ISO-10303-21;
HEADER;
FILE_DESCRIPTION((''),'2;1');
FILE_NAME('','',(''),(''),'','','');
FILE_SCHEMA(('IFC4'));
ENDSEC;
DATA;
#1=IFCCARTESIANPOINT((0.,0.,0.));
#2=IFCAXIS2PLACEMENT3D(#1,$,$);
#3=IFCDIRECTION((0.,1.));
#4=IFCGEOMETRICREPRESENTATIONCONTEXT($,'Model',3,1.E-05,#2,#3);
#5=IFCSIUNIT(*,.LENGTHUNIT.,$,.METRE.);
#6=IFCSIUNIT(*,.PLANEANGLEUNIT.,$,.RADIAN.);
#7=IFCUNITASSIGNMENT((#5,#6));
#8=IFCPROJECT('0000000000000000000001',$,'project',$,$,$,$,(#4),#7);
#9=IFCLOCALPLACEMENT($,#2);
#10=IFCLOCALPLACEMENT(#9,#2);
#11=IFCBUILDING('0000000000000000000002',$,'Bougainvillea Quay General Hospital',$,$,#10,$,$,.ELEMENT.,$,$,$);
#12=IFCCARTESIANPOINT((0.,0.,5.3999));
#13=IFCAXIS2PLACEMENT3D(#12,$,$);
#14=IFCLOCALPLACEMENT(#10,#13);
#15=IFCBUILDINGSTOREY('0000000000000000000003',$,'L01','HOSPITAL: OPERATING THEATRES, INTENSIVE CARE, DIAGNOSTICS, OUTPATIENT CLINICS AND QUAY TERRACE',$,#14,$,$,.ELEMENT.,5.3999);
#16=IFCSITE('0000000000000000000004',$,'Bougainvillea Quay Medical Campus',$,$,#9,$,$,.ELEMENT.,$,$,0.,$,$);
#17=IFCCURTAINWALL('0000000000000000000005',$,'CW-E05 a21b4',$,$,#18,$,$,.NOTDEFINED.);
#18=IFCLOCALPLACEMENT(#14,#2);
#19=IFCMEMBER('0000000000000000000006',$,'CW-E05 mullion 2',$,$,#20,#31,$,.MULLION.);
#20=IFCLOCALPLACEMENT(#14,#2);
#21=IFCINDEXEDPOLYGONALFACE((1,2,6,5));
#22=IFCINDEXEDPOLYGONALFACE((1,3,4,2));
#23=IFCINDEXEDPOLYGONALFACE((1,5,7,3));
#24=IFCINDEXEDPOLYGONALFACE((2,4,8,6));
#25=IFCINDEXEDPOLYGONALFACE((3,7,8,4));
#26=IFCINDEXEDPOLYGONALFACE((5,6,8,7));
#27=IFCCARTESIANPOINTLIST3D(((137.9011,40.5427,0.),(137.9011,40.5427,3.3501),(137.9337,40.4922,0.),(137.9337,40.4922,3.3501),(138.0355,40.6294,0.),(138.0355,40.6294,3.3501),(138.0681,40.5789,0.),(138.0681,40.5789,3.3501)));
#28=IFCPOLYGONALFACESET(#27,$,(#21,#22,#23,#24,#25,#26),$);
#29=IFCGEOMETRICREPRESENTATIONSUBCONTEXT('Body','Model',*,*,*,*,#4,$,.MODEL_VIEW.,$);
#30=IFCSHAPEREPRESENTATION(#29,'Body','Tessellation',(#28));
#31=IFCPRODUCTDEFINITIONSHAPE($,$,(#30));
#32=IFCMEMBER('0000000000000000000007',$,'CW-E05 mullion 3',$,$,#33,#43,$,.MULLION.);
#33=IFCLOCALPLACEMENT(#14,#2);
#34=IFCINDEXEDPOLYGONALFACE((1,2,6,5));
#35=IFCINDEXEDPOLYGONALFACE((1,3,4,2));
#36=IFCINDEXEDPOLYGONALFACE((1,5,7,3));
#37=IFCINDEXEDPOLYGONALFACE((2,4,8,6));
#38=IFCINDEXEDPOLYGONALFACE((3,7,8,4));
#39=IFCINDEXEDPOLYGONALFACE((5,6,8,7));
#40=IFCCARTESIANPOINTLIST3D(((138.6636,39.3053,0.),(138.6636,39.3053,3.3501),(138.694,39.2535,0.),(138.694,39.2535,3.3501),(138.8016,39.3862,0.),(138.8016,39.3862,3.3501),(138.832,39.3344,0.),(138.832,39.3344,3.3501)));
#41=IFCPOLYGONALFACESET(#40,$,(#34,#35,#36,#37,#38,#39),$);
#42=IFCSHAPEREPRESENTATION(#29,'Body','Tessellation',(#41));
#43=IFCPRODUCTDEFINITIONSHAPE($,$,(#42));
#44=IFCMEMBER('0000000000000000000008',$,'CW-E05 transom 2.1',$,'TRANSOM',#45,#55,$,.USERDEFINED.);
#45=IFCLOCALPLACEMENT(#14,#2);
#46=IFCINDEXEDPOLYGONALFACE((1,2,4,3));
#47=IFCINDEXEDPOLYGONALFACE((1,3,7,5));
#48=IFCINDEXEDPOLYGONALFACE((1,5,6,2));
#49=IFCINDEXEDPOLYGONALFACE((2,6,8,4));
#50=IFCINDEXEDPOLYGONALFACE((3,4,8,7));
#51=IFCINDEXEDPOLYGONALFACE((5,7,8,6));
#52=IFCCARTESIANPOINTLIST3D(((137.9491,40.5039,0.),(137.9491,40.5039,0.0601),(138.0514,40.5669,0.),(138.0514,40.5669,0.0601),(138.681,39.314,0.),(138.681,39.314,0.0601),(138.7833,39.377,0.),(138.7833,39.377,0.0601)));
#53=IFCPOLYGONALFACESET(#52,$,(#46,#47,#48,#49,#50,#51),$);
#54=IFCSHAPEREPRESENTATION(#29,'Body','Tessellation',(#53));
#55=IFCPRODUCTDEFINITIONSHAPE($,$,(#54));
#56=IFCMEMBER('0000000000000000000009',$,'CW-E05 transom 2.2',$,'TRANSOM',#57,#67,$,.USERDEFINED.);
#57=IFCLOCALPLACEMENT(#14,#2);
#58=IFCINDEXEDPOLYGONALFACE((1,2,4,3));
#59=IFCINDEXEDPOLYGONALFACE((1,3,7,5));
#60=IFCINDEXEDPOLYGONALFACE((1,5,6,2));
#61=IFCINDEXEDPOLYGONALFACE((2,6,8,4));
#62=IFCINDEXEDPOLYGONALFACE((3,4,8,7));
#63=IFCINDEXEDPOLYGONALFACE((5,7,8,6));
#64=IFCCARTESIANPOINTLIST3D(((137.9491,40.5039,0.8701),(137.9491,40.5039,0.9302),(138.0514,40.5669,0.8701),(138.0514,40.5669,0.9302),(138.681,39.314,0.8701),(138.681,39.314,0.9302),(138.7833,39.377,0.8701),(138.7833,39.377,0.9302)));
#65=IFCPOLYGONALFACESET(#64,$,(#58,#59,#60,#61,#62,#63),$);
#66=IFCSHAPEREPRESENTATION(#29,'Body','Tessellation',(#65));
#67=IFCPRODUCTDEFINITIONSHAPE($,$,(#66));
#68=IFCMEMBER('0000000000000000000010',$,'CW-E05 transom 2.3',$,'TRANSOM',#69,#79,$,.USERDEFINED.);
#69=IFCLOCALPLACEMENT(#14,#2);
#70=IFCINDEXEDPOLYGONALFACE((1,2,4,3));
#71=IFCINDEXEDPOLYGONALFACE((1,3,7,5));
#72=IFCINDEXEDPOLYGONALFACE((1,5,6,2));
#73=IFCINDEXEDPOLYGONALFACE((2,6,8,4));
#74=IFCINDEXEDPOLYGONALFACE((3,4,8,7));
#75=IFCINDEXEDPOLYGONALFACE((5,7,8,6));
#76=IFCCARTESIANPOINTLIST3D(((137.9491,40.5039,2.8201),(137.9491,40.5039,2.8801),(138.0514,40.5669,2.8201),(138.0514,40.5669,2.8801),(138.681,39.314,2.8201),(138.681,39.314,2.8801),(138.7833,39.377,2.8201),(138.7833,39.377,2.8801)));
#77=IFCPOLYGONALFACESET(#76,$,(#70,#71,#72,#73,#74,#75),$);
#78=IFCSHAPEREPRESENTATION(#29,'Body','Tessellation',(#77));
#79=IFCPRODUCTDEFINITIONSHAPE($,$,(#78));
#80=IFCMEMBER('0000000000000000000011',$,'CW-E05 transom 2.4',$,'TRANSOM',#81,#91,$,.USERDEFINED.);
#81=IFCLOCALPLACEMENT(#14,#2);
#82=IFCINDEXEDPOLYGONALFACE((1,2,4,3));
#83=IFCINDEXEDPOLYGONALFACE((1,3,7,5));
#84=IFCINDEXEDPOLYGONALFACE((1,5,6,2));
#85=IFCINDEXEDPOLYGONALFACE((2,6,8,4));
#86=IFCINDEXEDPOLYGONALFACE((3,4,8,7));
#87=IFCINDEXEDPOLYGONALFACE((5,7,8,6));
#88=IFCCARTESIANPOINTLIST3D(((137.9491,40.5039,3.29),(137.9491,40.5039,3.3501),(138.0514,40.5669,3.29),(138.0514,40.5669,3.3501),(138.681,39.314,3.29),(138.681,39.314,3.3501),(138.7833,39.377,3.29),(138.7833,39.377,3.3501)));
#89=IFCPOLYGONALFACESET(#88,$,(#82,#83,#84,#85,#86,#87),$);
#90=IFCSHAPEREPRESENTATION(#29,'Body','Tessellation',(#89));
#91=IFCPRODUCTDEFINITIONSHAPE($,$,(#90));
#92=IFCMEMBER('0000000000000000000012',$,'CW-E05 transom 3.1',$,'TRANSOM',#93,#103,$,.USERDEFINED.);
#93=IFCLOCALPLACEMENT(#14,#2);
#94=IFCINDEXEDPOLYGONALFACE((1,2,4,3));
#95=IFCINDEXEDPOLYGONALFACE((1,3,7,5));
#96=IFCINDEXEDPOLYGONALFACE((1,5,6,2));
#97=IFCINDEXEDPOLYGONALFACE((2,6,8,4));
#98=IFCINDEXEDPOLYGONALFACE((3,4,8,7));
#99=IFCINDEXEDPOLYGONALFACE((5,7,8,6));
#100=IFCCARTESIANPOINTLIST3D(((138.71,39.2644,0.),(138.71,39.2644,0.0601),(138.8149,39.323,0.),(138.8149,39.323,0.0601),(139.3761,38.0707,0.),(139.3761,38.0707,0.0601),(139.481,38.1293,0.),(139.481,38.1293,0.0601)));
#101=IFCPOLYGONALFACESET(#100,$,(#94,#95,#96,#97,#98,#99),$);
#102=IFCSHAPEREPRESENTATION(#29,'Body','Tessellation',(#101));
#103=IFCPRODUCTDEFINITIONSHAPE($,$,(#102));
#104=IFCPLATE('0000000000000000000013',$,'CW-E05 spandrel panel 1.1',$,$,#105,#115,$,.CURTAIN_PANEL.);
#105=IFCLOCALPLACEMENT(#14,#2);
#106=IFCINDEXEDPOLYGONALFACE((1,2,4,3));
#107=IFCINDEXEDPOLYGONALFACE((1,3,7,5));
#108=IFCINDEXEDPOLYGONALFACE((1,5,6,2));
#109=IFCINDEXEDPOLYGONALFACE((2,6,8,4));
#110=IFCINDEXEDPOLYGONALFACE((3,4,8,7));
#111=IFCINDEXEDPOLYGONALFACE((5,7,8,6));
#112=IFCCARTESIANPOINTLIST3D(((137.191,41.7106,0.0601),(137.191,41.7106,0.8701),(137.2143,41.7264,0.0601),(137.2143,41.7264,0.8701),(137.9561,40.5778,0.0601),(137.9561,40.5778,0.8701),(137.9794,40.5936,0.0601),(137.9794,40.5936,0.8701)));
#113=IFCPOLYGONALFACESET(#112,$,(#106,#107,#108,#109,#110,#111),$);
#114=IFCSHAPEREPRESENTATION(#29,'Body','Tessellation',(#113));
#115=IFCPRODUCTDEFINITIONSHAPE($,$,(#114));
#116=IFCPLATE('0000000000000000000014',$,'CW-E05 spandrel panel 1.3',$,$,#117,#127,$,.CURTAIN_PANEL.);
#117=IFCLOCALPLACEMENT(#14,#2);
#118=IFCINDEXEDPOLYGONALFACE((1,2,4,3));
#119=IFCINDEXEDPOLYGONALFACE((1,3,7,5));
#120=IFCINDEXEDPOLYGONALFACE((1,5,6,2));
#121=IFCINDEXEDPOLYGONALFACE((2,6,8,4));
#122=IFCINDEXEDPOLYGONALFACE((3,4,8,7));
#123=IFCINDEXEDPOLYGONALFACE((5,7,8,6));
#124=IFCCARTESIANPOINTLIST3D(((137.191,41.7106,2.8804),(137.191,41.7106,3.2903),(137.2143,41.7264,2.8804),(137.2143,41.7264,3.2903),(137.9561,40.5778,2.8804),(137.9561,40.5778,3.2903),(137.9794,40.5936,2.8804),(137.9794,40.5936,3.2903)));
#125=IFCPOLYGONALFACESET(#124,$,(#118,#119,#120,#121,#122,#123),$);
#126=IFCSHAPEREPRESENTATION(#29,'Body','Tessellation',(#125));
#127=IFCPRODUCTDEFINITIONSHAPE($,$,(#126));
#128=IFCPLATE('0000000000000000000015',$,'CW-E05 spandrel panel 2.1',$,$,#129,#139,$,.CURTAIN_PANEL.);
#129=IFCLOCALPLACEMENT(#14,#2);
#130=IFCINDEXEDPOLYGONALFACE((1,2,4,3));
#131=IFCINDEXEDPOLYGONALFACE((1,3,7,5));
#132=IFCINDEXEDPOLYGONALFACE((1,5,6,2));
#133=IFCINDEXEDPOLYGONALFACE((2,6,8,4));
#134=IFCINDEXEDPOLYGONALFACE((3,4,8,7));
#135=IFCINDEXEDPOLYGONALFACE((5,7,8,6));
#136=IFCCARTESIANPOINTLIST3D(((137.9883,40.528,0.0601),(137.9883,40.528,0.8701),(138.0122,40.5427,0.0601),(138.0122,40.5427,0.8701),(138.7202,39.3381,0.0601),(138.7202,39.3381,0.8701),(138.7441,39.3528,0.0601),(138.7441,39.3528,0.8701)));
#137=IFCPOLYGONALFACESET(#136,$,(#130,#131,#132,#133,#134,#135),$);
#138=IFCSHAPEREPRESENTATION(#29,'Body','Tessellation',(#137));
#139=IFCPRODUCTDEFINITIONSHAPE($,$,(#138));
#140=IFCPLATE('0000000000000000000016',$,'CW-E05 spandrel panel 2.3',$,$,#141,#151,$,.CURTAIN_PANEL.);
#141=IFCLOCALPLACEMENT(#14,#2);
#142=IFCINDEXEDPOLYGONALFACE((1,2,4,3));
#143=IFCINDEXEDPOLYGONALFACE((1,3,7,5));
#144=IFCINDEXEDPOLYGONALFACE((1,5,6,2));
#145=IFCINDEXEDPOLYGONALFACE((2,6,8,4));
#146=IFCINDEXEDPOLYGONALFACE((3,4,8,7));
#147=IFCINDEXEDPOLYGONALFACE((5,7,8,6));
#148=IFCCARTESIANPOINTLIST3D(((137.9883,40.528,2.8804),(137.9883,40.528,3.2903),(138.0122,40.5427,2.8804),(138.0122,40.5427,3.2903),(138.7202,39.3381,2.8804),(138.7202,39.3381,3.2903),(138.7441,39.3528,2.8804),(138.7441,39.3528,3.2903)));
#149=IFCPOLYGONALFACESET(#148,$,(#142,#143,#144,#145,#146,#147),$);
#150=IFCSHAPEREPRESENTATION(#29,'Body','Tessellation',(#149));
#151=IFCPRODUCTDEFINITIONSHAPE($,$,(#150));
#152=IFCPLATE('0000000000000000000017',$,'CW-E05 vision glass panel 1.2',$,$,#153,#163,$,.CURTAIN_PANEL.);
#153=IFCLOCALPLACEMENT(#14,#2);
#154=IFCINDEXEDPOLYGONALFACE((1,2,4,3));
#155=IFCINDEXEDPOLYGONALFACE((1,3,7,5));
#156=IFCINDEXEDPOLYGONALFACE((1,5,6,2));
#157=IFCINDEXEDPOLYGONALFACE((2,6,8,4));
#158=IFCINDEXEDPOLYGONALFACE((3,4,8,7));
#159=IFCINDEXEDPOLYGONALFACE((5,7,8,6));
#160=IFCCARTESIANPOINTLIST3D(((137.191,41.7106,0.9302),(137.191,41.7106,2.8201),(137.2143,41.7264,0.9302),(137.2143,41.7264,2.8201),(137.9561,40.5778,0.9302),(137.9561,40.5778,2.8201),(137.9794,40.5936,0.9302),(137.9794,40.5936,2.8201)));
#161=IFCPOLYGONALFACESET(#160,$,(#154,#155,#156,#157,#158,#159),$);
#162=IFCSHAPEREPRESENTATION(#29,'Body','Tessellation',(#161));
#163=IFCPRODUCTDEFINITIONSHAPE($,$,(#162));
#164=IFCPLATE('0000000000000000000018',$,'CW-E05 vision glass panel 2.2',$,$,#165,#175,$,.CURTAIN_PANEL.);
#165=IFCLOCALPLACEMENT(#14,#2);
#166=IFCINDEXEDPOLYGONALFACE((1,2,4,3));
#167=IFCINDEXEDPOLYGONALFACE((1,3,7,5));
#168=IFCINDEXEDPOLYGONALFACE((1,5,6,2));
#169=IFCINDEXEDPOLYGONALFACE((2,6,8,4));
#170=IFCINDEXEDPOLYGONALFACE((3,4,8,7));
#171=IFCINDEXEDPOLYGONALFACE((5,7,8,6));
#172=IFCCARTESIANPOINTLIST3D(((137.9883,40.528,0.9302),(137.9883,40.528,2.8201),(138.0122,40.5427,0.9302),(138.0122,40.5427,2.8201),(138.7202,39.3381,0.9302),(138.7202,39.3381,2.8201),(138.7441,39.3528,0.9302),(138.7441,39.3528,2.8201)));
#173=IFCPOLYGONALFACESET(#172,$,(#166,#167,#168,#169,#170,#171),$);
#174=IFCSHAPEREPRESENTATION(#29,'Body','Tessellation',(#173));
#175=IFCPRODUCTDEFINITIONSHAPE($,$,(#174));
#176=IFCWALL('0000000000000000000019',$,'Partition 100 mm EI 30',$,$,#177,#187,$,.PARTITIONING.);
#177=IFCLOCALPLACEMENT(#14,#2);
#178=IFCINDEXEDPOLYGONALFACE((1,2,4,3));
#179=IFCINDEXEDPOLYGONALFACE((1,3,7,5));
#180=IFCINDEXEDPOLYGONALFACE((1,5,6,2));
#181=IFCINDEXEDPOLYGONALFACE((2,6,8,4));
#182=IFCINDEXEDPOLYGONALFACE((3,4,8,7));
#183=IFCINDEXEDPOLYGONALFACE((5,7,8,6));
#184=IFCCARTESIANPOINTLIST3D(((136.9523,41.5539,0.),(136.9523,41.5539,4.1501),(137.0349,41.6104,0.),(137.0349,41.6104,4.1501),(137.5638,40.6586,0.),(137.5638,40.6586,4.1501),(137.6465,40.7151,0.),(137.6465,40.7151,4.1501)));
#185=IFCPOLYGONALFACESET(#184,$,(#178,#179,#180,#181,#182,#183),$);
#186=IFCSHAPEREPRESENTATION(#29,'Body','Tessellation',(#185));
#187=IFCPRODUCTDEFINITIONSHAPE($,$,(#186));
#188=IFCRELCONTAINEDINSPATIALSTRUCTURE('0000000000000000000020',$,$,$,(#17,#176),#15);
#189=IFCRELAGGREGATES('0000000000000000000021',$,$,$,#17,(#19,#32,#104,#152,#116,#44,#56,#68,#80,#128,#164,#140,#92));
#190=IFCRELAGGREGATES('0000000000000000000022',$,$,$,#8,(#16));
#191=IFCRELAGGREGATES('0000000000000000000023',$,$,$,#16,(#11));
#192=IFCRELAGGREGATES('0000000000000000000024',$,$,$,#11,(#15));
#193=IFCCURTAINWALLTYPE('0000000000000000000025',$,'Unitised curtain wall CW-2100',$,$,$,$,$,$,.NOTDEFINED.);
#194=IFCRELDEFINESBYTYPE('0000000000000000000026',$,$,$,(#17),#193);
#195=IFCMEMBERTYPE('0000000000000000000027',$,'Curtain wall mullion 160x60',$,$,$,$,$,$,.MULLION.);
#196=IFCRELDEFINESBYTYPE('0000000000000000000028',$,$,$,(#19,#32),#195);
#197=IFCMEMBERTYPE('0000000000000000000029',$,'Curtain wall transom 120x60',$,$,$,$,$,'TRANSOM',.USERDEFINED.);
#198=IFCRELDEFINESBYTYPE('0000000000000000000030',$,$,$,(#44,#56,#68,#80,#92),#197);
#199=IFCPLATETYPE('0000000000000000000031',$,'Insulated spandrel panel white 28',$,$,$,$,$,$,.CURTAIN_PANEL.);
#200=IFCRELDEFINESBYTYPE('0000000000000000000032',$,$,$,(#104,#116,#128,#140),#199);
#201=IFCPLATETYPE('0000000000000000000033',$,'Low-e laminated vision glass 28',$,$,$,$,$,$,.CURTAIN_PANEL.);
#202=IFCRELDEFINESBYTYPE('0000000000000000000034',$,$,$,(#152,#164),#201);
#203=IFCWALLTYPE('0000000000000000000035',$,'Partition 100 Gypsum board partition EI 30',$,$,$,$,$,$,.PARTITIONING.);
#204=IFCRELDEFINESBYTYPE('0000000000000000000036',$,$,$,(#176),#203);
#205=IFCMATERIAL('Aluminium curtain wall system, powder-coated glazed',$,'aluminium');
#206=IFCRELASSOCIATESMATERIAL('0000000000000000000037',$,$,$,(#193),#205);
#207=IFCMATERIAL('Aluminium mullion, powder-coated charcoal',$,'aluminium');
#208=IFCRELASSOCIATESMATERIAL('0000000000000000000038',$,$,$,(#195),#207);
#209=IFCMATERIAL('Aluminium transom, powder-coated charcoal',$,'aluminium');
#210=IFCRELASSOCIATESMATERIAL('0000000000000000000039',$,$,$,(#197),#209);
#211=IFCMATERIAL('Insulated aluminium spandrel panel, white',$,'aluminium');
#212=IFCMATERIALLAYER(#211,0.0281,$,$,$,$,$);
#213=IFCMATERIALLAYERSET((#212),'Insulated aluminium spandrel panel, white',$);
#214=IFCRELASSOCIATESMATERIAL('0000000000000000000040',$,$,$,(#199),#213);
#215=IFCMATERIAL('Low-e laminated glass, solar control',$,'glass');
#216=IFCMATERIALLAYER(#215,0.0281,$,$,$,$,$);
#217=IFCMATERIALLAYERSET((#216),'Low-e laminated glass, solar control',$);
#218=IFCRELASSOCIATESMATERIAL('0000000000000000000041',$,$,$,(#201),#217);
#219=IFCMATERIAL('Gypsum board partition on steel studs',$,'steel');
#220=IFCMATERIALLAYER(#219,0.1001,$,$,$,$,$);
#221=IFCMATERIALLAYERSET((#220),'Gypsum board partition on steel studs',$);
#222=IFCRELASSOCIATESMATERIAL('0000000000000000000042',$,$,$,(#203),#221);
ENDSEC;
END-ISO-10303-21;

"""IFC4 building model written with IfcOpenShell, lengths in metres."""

from ifc_helpers import new_model, si_unit, direction, frame, frame_2d, origin, origin_2d, place, context, subcontext, project, spatial, rectangle, extrude, material, layer, layer_set, material_profile, profile_set, type_object, element, aggregate, save


model = new_model("IFC4")

# Units and contexts
model_context = context("Model", 3, precision=1e-05, world=origin(), true_north=direction((0.0, 1.0)))
body_context = subcontext(model_context, "Body", "Model", "MODEL_VIEW")
ifc_project = project(units=[si_unit("LENGTHUNIT", "METRE"), si_unit("PLANEANGLEUNIT", "RADIAN")], contexts=[model_context])

# Site, building, storey
site_placement = place(None, origin())
site = spatial("IfcSite", under=ifc_project, at=site_placement, Name="Bougainvillea Quay Medical Campus", CompositionType="ELEMENT", RefElevation=0.0)
building_placement = place(site_placement, origin())
building = spatial("IfcBuilding", under=site, at=building_placement, Name="Bougainvillea Quay General Hospital", CompositionType="ELEMENT")
storey_placement = place(building_placement, frame((0.0, 0.0, 5.3999)))
storey = spatial("IfcBuildingStorey", under=building, at=storey_placement, Name="L01", Description="HOSPITAL: OPERATING THEATRES, INTENSIVE CARE, DIAGNOSTICS, OUTPATIENT CLINICS AND QUAY TERRACE", CompositionType="ELEMENT", Elevation=5.3999)

# Curtain wall, members, plates
ifc_material_1 = material(Name="Aluminium curtain wall system, powder-coated glazed", Category="aluminium")
curtain_wall_type = type_object("IfcCurtainWallType", Name="Unitised curtain wall CW-2100", PredefinedType="NOTDEFINED", material=ifc_material_1)
curtain_wall_placement = place(storey_placement, origin())
curtain_wall = element("IfcCurtainWall", 1, at=curtain_wall_placement, inside=storey, type_object=curtain_wall_type, Name="CW-E05 a21b4", PredefinedType="NOTDEFINED")
ifc_material_2 = material(Name="Aluminium mullion, powder-coated charcoal", Category="aluminium")
ifc_material_profile_1 = material_profile(ifc_material_2, rectangle(XDim=0.1599, YDim=0.0601, at=origin_2d()))
ifc_profile_set_1 = profile_set([ifc_material_profile_1], Name="Aluminium mullion, powder-coated charcoal")
member_type_1 = type_object("IfcMemberType", Name="Curtain wall mullion 160x60", PredefinedType="MULLION", material=ifc_profile_set_1)
member_1_placement = place(storey_placement, frame((137.9846, 40.5608, 0.0), z_axis=(0.0, 0.0, 1.0), x_axis=(0.840428, 0.541923, 0.0)))
member_1 = element("IfcMember", 2, at=member_1_placement, type_object=member_type_1, Name="CW-E05 mullion 2", PredefinedType="MULLION", context=body_context, shape_type="SweptSolid", body=[
    extrude(rectangle(XDim=0.1599, YDim=0.0601, at=origin_2d()), origin(), (0.0, 0.0, 1.0), 3.3501),
])
member_2_placement = place(storey_placement, frame((138.7478, 39.3198, 0.0), z_axis=(0.0, 0.0, 1.0), x_axis=(0.862714, 0.505693, 0.0)))
member_2 = element("IfcMember", 3, at=member_2_placement, type_object=member_type_1, Name="CW-E05 mullion 3", PredefinedType="MULLION", context=body_context, shape_type="SweptSolid", body=[
    extrude(rectangle(XDim=0.1599, YDim=0.0601, at=origin_2d()), origin(), (0.0, 0.0, 1.0), 3.3501),
])
ifc_material_3 = material(Name="Aluminium transom, powder-coated charcoal", Category="aluminium")
ifc_material_profile_2 = material_profile(ifc_material_3, rectangle(XDim=0.1201, YDim=0.0601, at=origin_2d()))
ifc_profile_set_2 = profile_set([ifc_material_profile_2], Name="Aluminium transom, powder-coated charcoal")
member_type_2 = type_object("IfcMemberType", Name="Curtain wall transom 120x60", ElementType="TRANSOM", PredefinedType="USERDEFINED", material=ifc_profile_set_2)
member_3_placement = place(storey_placement, frame((138.0002, 40.5354, 0.03), z_axis=(0.523922, -0.851766, 0.0), x_axis=(0.851766, 0.523922, 0.0)))
member_3 = element("IfcMember", 4, at=member_3_placement, type_object=member_type_2, Name="CW-E05 transom 2.1", ObjectType="TRANSOM", PredefinedType="USERDEFINED", context=body_context, shape_type="SweptSolid", body=[
    extrude(rectangle(XDim=0.1201, YDim=0.0601, at=origin_2d()), origin(), (0.0, 0.0, 1.0), 1.397),
])
member_4_placement = place(storey_placement, frame((138.0002, 40.5354, 0.9001), z_axis=(0.523922, -0.851766, 0.0), x_axis=(0.851766, 0.523922, 0.0)))
member_4 = element("IfcMember", 5, at=member_4_placement, type_object=member_type_2, Name="CW-E05 transom 2.2", ObjectType="TRANSOM", PredefinedType="USERDEFINED", context=body_context, shape_type="SweptSolid", body=[
    extrude(rectangle(XDim=0.1201, YDim=0.0601, at=origin_2d()), origin(), (0.0, 0.0, 1.0), 1.397),
])
member_5_placement = place(storey_placement, frame((138.0002, 40.5354, 2.8501), z_axis=(0.523922, -0.851766, 0.0), x_axis=(0.851766, 0.523922, 0.0)))
member_5 = element("IfcMember", 6, at=member_5_placement, type_object=member_type_2, Name="CW-E05 transom 2.3", ObjectType="TRANSOM", PredefinedType="USERDEFINED", context=body_context, shape_type="SweptSolid", body=[
    extrude(rectangle(XDim=0.1201, YDim=0.0601, at=origin_2d()), origin(), (0.0, 0.0, 1.0), 1.397),
])
member_6_placement = place(storey_placement, frame((138.0002, 40.5354, 3.3201), z_axis=(0.523922, -0.851766, 0.0), x_axis=(0.851766, 0.523922, 0.0)))
member_6 = element("IfcMember", 7, at=member_6_placement, type_object=member_type_2, Name="CW-E05 transom 2.4", ObjectType="TRANSOM", PredefinedType="USERDEFINED", context=body_context, shape_type="SweptSolid", body=[
    extrude(rectangle(XDim=0.1201, YDim=0.0601, at=origin_2d()), origin(), (0.0, 0.0, 1.0), 1.397),
])
member_7_placement = place(storey_placement, frame((138.7625, 39.2937, 0.03), z_axis=(0.487265, -0.873254, 0.0), x_axis=(0.873254, 0.487265, 0.0)))
member_7 = element("IfcMember", 8, at=member_7_placement, type_object=member_type_2, Name="CW-E05 transom 3.1", ObjectType="TRANSOM", PredefinedType="USERDEFINED", context=body_context, shape_type="SweptSolid", body=[
    extrude(rectangle(XDim=0.1201, YDim=0.0601, at=origin_2d()), origin(), (0.0, 0.0, 1.0), 1.3669),
])
ifc_material_4 = material(Name="Insulated aluminium spandrel panel, white", Category="aluminium")
ifc_layer_1 = layer(ifc_material_4, 0.0281)
ifc_layer_set_1 = layer_set([ifc_layer_1], Name="Insulated aluminium spandrel panel, white")
plate_type_1 = type_object("IfcPlateType", Name="Insulated spandrel panel white 28", PredefinedType="CURTAIN_PANEL", material=ifc_layer_set_1)
plate_1_placement = place(storey_placement, frame((137.5852, 41.1521, 0.0601), z_axis=(0.0, 0.0, 1.0), x_axis=(0.559675, -0.828712, 0.0)))
plate_1 = element("IfcPlate", 9, at=plate_1_placement, type_object=plate_type_1, Name="CW-E05 spandrel panel 1.1", PredefinedType="CURTAIN_PANEL", context=body_context, shape_type="SweptSolid", body=[
    extrude(rectangle(XDim=1.3669, YDim=0.0281, at=origin_2d()), origin(), (0.0, 0.0, 1.0), 0.8101),
])
plate_2_placement = place(storey_placement, frame((137.5852, 41.1521, 2.8804), z_axis=(0.0, 0.0, 1.0), x_axis=(0.559675, -0.828712, 0.0)))
plate_2 = element("IfcPlate", 10, at=plate_2_placement, type_object=plate_type_1, Name="CW-E05 spandrel panel 1.3", PredefinedType="CURTAIN_PANEL", context=body_context, shape_type="SweptSolid", body=[
    extrude(rectangle(XDim=1.3669, YDim=0.0281, at=origin_2d()), origin(), (0.0, 0.0, 1.0), 0.4099),
])
plate_3_placement = place(storey_placement, frame((138.3662, 39.9404, 0.0601), z_axis=(0.0, 0.0, 1.0), x_axis=(0.523926, -0.851764, 0.0)))
plate_3 = element("IfcPlate", 11, at=plate_3_placement, type_object=plate_type_1, Name="CW-E05 spandrel panel 2.1", PredefinedType="CURTAIN_PANEL", context=body_context, shape_type="SweptSolid", body=[
    extrude(rectangle(XDim=1.397, YDim=0.0281, at=origin_2d()), origin(), (0.0, 0.0, 1.0), 0.8101),
])
plate_4_placement = place(storey_placement, frame((138.3662, 39.9404, 2.8804), z_axis=(0.0, 0.0, 1.0), x_axis=(0.523926, -0.851764, 0.0)))
plate_4 = element("IfcPlate", 12, at=plate_4_placement, type_object=plate_type_1, Name="CW-E05 spandrel panel 2.3", PredefinedType="CURTAIN_PANEL", context=body_context, shape_type="SweptSolid", body=[
    extrude(rectangle(XDim=1.397, YDim=0.0281, at=origin_2d()), origin(), (0.0, 0.0, 1.0), 0.4099),
])
ifc_material_5 = material(Name="Low-e laminated glass, solar control", Category="glass")
ifc_layer_2 = layer(ifc_material_5, 0.0281)
ifc_layer_set_2 = layer_set([ifc_layer_2], Name="Low-e laminated glass, solar control")
plate_type_2 = type_object("IfcPlateType", Name="Low-e laminated vision glass 28", PredefinedType="CURTAIN_PANEL", material=ifc_layer_set_2)
plate_5_placement = place(storey_placement, frame((137.5852, 41.1521, 0.9302), z_axis=(0.0, 0.0, 1.0), x_axis=(0.559675, -0.828712, 0.0)))
plate_5 = element("IfcPlate", 13, at=plate_5_placement, type_object=plate_type_2, Name="CW-E05 vision glass panel 1.2", PredefinedType="CURTAIN_PANEL", context=body_context, shape_type="SweptSolid", body=[
    extrude(rectangle(XDim=1.3669, YDim=0.0281, at=origin_2d()), origin(), (0.0, 0.0, 1.0), 1.8899),
])
plate_6_placement = place(storey_placement, frame((138.3662, 39.9404, 0.9302), z_axis=(0.0, 0.0, 1.0), x_axis=(0.523926, -0.851764, 0.0)))
plate_6 = element("IfcPlate", 14, at=plate_6_placement, type_object=plate_type_2, Name="CW-E05 vision glass panel 2.2", PredefinedType="CURTAIN_PANEL", context=body_context, shape_type="SweptSolid", body=[
    extrude(rectangle(XDim=1.397, YDim=0.0281, at=origin_2d()), origin(), (0.0, 0.0, 1.0), 1.8899),
])
aggregate(curtain_wall, [member_1, member_2, plate_1, plate_5, plate_2, member_3, member_4, member_5, member_6, plate_3, plate_6, plate_4, member_7])

# Wall
ifc_material_6 = material(Name="Gypsum board partition on steel studs", Category="steel")
ifc_layer_3 = layer(ifc_material_6, 0.1001)
ifc_layer_set_3 = layer_set([ifc_layer_3], Name="Gypsum board partition on steel studs")
wall_type = type_object("IfcWallType", Name="Partition 100 Gypsum board partition EI 30", PredefinedType="PARTITIONING", material=ifc_layer_set_3)
wall_1_placement = place(storey_placement, frame((136.9937, 41.582, 0.0), z_axis=(0.0, 0.0, 1.0), x_axis=(0.56407, -0.825727, 0.0)))
element("IfcWall", 15, at=wall_1_placement, inside=storey, type_object=wall_type, Name="Partition 100 mm EI 30", PredefinedType="PARTITIONING", context=body_context, shape_type="SweptSolid", body=[
    extrude(rectangle(XDim=1.0842, YDim=0.1001, at=frame_2d((0.542, 0.0))), origin(), (0.0, 0.0, 1.0), 4.1501),
])

save(model, "model.ifc")
